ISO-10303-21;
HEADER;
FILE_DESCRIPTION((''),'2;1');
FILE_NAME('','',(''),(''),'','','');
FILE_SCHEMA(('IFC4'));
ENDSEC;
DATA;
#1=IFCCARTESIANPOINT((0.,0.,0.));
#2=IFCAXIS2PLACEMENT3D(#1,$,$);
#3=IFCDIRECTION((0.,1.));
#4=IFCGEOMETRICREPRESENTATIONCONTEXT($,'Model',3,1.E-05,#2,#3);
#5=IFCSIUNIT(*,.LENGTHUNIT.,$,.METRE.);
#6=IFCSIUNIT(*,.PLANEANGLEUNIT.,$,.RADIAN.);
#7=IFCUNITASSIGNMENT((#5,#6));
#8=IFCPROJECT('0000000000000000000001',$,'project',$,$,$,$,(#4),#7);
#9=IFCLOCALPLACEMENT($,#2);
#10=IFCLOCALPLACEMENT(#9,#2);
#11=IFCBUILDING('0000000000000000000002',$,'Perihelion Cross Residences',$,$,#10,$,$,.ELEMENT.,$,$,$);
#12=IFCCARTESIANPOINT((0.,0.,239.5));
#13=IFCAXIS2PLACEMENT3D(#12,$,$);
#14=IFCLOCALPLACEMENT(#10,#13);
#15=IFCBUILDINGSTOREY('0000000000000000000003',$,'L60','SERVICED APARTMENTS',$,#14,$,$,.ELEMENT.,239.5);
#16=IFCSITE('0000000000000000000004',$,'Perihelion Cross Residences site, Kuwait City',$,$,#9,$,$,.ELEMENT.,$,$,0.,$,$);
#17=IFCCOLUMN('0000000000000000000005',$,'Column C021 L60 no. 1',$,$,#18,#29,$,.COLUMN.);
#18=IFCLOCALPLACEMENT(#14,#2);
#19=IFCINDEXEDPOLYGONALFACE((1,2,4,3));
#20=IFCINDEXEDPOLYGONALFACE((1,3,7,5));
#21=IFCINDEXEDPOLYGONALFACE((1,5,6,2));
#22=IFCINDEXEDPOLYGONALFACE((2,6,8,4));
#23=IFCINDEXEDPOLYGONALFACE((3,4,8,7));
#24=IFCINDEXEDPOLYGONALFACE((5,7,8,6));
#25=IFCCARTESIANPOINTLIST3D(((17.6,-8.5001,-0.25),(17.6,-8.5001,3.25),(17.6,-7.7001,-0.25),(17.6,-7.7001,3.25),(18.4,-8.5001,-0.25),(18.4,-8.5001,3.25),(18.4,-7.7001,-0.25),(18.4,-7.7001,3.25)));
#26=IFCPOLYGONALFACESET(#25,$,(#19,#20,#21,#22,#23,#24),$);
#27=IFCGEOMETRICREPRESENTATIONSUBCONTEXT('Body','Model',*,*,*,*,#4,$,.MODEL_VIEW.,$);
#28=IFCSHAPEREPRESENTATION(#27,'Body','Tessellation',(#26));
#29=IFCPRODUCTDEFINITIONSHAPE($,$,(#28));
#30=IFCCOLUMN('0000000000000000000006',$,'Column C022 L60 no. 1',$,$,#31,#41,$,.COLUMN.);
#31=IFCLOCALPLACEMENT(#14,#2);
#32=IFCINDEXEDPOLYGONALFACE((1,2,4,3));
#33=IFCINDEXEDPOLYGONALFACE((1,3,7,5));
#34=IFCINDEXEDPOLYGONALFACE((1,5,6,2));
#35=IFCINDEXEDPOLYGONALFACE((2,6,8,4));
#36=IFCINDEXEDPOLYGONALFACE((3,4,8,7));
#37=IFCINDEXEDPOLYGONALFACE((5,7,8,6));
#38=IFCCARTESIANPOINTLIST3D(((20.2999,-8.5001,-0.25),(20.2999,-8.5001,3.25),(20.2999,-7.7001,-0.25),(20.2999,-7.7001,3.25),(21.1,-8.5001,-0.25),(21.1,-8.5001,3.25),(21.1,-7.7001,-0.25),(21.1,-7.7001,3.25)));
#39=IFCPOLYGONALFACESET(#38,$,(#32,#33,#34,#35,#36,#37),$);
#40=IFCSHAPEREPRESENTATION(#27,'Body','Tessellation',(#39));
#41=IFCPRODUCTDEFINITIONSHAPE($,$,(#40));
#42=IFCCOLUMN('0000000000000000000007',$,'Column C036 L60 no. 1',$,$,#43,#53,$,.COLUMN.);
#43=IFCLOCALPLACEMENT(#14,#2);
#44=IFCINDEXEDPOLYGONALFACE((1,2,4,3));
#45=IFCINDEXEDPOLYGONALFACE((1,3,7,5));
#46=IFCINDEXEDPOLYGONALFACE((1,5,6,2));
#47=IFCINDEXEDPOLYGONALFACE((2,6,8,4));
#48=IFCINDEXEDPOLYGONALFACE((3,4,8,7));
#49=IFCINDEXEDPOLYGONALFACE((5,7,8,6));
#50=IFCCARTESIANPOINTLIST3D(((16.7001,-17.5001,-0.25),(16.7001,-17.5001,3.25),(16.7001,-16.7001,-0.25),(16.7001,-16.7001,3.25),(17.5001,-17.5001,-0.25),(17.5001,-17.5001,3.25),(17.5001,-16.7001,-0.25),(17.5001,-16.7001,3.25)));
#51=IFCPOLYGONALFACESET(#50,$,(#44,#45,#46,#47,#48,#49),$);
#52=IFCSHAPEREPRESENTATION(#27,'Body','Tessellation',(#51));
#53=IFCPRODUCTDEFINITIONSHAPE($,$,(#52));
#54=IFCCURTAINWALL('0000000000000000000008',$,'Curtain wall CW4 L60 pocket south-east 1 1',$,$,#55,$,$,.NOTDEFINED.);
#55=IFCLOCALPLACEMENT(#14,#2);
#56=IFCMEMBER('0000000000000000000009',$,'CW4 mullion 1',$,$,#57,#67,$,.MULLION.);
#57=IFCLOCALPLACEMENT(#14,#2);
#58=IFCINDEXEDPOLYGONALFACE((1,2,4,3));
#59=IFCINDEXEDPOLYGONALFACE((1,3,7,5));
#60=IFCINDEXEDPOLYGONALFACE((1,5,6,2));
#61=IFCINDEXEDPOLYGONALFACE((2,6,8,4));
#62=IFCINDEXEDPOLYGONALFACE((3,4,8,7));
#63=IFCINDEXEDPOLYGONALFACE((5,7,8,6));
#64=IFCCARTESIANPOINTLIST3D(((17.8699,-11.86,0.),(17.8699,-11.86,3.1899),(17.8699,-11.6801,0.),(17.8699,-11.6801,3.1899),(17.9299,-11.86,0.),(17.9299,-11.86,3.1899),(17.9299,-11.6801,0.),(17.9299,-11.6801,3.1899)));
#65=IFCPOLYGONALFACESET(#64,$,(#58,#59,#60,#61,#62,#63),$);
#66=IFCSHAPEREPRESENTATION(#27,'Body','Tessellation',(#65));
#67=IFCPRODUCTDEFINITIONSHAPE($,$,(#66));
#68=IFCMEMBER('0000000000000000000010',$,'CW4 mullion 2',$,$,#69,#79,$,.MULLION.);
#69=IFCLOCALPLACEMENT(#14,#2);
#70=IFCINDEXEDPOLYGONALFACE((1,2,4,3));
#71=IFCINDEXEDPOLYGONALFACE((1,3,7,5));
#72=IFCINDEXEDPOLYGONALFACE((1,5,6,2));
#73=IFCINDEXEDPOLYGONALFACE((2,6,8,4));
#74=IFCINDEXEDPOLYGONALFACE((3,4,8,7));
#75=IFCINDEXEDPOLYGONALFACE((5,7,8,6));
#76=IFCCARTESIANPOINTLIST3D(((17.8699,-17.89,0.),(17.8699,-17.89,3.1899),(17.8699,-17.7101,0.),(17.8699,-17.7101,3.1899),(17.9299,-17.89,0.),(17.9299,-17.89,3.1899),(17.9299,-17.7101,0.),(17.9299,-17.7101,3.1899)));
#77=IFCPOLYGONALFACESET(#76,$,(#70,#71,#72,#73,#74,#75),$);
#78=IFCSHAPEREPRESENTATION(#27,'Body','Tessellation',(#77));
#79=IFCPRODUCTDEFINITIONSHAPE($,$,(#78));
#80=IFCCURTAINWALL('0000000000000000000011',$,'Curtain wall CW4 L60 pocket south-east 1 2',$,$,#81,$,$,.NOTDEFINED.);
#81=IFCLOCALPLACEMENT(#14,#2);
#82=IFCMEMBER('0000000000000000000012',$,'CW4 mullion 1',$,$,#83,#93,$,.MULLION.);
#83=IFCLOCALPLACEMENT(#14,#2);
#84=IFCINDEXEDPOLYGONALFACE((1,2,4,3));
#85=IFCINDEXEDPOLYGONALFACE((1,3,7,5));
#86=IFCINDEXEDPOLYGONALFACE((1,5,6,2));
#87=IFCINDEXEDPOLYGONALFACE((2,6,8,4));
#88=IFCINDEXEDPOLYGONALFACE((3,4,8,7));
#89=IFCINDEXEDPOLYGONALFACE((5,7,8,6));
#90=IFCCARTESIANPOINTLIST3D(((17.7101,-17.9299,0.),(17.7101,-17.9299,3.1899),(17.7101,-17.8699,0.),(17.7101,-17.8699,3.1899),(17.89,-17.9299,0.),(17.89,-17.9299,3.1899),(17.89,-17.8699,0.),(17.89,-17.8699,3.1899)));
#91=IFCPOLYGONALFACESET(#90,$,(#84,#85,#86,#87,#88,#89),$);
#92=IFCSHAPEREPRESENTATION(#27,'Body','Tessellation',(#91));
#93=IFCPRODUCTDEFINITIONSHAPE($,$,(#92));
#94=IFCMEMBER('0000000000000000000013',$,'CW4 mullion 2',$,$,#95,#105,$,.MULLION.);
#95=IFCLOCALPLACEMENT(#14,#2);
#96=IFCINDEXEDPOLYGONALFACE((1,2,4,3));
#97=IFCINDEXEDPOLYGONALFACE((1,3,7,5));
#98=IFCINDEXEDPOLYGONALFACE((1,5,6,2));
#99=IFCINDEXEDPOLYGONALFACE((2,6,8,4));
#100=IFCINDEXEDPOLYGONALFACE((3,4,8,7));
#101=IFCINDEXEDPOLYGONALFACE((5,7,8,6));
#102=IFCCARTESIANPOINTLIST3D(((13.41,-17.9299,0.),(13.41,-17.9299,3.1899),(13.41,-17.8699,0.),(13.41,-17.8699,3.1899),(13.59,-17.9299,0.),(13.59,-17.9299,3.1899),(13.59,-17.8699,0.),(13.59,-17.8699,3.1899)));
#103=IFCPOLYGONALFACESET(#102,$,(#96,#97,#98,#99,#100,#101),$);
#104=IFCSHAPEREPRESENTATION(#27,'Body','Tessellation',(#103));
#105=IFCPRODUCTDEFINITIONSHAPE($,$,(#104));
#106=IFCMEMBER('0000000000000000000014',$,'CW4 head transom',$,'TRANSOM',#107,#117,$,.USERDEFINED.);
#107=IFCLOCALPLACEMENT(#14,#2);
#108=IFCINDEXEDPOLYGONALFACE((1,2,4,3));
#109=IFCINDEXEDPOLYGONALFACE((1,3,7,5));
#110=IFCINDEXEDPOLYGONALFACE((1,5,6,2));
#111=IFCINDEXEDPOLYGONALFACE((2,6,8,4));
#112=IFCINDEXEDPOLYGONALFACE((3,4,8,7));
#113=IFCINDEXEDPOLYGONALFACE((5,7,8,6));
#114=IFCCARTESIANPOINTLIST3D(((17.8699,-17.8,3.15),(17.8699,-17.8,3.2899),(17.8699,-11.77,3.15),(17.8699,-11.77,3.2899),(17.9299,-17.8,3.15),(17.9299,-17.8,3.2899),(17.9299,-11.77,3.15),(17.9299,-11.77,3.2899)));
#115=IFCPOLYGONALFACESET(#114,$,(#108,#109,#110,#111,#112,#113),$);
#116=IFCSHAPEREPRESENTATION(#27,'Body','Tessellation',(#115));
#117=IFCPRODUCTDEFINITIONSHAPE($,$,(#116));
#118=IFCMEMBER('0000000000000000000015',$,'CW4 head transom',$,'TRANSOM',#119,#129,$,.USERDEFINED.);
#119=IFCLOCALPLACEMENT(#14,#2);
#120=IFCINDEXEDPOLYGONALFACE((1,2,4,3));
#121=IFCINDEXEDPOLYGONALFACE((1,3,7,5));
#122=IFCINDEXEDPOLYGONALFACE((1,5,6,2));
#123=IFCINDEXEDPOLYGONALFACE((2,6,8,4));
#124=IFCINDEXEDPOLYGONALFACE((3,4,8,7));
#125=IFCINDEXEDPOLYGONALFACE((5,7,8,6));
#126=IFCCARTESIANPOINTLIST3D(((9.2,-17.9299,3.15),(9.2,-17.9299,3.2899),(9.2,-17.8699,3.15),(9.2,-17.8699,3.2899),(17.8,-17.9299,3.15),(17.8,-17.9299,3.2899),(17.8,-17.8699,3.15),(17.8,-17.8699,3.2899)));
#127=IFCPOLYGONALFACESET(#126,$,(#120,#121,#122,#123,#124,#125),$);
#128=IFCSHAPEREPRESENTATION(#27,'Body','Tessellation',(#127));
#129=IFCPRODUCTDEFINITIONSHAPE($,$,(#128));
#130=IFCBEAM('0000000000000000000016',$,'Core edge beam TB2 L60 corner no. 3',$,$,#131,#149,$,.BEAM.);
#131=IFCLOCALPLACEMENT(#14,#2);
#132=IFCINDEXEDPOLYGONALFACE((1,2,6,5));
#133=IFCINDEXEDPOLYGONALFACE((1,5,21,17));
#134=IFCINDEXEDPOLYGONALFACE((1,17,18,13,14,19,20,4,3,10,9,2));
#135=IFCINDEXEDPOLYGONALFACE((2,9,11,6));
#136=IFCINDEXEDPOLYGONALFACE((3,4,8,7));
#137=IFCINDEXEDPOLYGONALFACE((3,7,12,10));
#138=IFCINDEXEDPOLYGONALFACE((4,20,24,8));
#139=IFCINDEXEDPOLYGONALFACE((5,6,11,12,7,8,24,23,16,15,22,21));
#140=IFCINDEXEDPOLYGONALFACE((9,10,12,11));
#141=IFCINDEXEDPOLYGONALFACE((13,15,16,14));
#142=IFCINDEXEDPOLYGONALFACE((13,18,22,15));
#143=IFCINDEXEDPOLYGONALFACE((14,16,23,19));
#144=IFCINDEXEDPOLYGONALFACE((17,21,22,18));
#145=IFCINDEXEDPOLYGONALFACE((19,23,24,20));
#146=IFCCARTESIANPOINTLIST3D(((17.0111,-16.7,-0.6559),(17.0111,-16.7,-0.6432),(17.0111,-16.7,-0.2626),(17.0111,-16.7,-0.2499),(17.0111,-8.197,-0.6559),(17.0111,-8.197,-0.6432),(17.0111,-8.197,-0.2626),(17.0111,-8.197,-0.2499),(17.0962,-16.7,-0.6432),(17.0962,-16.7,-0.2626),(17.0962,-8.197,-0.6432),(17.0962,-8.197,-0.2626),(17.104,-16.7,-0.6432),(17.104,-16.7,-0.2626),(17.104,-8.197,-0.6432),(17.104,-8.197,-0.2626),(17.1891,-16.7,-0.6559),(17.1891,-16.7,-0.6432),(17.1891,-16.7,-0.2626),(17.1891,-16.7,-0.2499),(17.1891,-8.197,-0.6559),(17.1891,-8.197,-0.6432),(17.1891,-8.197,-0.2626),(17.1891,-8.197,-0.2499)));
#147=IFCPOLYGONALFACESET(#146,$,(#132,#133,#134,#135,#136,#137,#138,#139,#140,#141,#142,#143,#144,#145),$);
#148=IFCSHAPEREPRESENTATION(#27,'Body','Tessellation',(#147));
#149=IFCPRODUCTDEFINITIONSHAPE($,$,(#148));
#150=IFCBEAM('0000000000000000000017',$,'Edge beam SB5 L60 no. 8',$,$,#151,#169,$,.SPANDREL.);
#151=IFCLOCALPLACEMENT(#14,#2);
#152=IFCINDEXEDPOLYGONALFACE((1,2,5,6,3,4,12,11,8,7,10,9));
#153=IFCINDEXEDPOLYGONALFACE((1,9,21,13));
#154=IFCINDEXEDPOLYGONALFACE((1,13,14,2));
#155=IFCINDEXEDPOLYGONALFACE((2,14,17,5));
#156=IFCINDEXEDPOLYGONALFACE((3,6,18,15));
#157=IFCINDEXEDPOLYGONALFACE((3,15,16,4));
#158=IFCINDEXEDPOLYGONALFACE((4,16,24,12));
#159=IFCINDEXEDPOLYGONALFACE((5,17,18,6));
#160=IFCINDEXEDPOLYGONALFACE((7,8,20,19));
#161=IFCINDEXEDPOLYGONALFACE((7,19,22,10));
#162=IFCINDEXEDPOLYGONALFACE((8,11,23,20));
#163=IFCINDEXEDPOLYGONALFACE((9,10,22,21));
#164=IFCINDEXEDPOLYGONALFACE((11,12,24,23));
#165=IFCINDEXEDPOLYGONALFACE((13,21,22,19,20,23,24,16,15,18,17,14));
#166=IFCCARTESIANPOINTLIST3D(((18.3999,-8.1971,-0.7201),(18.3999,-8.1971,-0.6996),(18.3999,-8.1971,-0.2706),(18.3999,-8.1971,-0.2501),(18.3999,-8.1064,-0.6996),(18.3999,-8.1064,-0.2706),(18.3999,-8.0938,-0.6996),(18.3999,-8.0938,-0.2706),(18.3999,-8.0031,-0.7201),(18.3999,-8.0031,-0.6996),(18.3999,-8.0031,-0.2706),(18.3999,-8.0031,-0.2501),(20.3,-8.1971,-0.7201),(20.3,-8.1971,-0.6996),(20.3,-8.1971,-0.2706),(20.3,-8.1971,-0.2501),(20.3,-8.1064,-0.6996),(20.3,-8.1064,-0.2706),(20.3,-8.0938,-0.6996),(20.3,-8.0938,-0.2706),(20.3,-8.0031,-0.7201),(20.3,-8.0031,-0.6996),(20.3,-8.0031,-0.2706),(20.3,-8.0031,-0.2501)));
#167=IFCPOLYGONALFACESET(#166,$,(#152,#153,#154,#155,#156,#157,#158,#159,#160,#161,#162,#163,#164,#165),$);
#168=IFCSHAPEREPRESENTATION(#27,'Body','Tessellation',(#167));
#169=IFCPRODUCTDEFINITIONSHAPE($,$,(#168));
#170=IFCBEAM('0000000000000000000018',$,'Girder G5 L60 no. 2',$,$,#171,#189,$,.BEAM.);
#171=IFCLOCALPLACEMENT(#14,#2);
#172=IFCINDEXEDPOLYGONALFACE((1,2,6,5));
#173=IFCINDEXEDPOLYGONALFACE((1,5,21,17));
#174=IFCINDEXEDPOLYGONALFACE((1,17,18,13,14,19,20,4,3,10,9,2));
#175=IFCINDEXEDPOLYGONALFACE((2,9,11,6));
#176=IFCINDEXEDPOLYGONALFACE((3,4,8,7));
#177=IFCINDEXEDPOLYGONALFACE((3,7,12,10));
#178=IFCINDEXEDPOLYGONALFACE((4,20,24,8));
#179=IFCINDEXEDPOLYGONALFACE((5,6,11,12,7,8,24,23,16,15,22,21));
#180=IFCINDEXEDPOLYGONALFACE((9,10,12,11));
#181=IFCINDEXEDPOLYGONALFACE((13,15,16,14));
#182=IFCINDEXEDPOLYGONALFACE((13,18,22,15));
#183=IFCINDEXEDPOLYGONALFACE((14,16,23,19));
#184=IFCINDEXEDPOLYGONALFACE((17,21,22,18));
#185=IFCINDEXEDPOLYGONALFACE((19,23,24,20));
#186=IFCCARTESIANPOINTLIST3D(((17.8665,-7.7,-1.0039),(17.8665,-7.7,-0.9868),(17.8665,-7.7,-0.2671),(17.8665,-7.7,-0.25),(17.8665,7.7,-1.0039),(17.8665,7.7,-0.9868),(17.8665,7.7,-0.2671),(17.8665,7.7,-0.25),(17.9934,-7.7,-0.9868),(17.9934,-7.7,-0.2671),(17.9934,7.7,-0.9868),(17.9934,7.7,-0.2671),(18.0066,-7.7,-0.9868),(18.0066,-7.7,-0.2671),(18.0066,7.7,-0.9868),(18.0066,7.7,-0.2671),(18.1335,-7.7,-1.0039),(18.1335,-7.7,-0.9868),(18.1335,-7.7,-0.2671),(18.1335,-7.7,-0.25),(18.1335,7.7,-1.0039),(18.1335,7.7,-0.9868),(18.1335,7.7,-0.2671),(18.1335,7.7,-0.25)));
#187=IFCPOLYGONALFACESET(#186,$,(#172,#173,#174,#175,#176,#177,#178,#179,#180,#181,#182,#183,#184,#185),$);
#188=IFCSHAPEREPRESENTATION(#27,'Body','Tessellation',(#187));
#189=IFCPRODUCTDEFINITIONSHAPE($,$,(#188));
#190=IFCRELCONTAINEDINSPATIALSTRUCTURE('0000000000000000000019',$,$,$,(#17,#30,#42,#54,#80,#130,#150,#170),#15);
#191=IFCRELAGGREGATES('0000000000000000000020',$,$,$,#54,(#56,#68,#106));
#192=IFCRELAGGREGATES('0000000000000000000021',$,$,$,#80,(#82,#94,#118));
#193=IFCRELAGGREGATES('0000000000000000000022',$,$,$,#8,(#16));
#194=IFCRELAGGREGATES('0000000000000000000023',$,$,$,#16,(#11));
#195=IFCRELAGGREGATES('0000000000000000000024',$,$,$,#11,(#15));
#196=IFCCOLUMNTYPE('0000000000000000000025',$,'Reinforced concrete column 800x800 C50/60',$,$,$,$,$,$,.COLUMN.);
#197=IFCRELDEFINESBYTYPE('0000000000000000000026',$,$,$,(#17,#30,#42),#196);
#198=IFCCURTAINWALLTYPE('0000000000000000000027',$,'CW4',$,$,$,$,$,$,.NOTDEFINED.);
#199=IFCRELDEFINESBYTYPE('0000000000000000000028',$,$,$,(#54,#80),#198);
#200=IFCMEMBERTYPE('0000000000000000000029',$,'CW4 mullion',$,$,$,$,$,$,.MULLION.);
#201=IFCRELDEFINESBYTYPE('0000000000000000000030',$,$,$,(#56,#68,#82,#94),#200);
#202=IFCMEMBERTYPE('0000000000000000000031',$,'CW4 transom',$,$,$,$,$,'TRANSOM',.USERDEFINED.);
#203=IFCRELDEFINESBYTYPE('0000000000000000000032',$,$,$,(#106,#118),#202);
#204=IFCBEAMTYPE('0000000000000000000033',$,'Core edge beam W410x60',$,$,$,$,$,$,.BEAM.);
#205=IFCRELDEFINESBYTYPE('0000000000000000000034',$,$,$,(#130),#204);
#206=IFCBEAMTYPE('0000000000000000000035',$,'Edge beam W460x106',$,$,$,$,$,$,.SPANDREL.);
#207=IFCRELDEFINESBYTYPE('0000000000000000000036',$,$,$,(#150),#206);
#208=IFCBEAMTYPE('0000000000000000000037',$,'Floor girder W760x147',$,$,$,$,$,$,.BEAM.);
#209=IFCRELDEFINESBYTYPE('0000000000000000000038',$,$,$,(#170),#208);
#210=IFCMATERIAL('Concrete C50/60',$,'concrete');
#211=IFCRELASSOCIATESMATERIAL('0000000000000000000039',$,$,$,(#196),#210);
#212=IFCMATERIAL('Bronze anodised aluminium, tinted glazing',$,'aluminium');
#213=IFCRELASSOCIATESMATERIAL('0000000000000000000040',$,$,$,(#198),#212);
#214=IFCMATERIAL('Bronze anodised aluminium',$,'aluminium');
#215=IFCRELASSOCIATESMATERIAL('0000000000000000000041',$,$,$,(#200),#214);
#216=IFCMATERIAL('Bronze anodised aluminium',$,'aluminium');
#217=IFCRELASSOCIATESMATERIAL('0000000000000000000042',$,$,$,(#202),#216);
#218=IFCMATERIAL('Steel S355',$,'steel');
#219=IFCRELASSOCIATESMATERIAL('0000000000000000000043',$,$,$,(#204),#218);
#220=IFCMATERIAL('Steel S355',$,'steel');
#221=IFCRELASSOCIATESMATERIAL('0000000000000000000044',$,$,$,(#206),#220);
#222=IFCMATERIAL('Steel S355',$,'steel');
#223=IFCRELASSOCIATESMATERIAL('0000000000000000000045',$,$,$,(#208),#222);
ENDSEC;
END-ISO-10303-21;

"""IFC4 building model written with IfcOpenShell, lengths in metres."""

from ifc_helpers import new_model, si_unit, direction, frame, origin, origin_2d, place, context, subcontext, project, spatial, rectangle, i_section, extrude, material, material_profile, profile_set, type_object, element, aggregate, save


model = new_model("IFC4")

# Units and contexts
model_context = context("Model", 3, precision=1e-05, world=origin(), true_north=direction((0.0, 1.0)))
body_context = subcontext(model_context, "Body", "Model", "MODEL_VIEW")
ifc_project = project(units=[si_unit("LENGTHUNIT", "METRE"), si_unit("PLANEANGLEUNIT", "RADIAN")], contexts=[model_context])

# Site, building, storey
site_placement = place(None, origin())
site = spatial("IfcSite", under=ifc_project, at=site_placement, Name="Perihelion Cross Residences site, Kuwait City", CompositionType="ELEMENT", RefElevation=0.0)
building_placement = place(site_placement, origin())
building = spatial("IfcBuilding", under=site, at=building_placement, Name="Perihelion Cross Residences", CompositionType="ELEMENT")
storey_placement = place(building_placement, frame((0.0, 0.0, 239.5)))
storey = spatial("IfcBuildingStorey", under=building, at=storey_placement, Name="L60", Description="SERVICED APARTMENTS", CompositionType="ELEMENT", Elevation=239.5)

# Columns
ifc_material_1 = material(Name="Concrete C50/60", Category="concrete")
ifc_material_profile_1 = material_profile(ifc_material_1, rectangle(XDim=0.8, YDim=0.8, at=origin_2d()), Name="RC 800x800")
ifc_profile_set_1 = profile_set([ifc_material_profile_1], Name="Concrete C50/60")
column_type = type_object("IfcColumnType", Name="Reinforced concrete column 800x800 C50/60", PredefinedType="COLUMN", material=ifc_profile_set_1)
for number, where, z_axis, x_axis, name in (
    (1, (18.0, -8.1001, -0.25), (0.0, 0.0, 1.0), (1.0, 0.0, 0.0), "Column C021 L60 no. 1"),
    (2, (20.7, -8.1001, -0.25), (0.0, 0.0, 1.0), (1.0, 0.0, 0.0), "Column C022 L60 no. 1"),
    (3, (17.1001, -17.1001, -0.25), (0.0, 0.0, 1.0), (1.0, 0.0, 0.0), "Column C036 L60 no. 1"),
):
    element("IfcColumn", number, at=place(storey_placement, frame(where, z_axis=z_axis, x_axis=x_axis)), inside=storey, type_object=column_type, Name=name, PredefinedType="COLUMN", context=body_context, shape_type="SweptSolid", body=[
        extrude(rectangle(XDim=0.8, YDim=0.8, at=origin_2d()), origin(), (0.0, 0.0, 1.0), 3.5),
    ])

# Curtain walls, members
ifc_material_2 = material(Name="Bronze anodised aluminium, tinted glazing", Category="aluminium")
curtain_wall_type_1 = type_object("IfcCurtainWallType", Name="CW4", PredefinedType="NOTDEFINED", material=ifc_material_2)
curtain_wall_1_placement = place(storey_placement, origin())
curtain_wall_1 = element("IfcCurtainWall", 4, at=curtain_wall_1_placement, inside=storey, type_object=curtain_wall_type_1, Name="Curtain wall CW4 L60 pocket south-east 1 1", PredefinedType="NOTDEFINED")
ifc_material_3 = material(Name="Bronze anodised aluminium", Category="aluminium")
ifc_material_profile_2 = material_profile(ifc_material_3, rectangle(XDim=0.0601, YDim=0.1799, at=origin_2d()), Name="CW4 mullion")
ifc_profile_set_2 = profile_set([ifc_material_profile_2], Name="Bronze anodised aluminium")
member_type_1 = type_object("IfcMemberType", Name="CW4 mullion", PredefinedType="MULLION", material=ifc_profile_set_2)
member_1_placement = place(storey_placement, frame((17.8999, -11.77, 0.0), z_axis=(0.0, 0.0, 1.0), x_axis=(1.0, 0.0, 0.0)))
member_1 = element("IfcMember", 5, at=member_1_placement, type_object=member_type_1, Name="CW4 mullion 1", PredefinedType="MULLION", context=body_context, shape_type="SweptSolid", body=[
    extrude(rectangle(XDim=0.0601, YDim=0.1799, at=origin_2d()), origin(), (0.0, 0.0, 1.0), 3.1899),
])
member_2_placement = place(storey_placement, frame((17.8999, -17.8, 0.0), z_axis=(0.0, 0.0, 1.0), x_axis=(1.0, 0.0, 0.0)))
member_2 = element("IfcMember", 6, at=member_2_placement, type_object=member_type_1, Name="CW4 mullion 2", PredefinedType="MULLION", context=body_context, shape_type="SweptSolid", body=[
    extrude(rectangle(XDim=0.0601, YDim=0.1799, at=origin_2d()), origin(), (0.0, 0.0, 1.0), 3.1899),
])
curtain_wall_2_placement = place(storey_placement, origin())
curtain_wall_2 = element("IfcCurtainWall", 7, at=curtain_wall_2_placement, inside=storey, type_object=curtain_wall_type_1, Name="Curtain wall CW4 L60 pocket south-east 1 2", PredefinedType="NOTDEFINED")
member_3_placement = place(storey_placement, frame((17.8, -17.8999, 0.0), z_axis=(0.0, 0.0, 1.0), x_axis=(0.0, -1.0, 0.0)))
member_3 = element("IfcMember", 8, at=member_3_placement, type_object=member_type_1, Name="CW4 mullion 1", PredefinedType="MULLION", context=body_context, shape_type="SweptSolid", body=[
    extrude(rectangle(XDim=0.0601, YDim=0.1799, at=origin_2d()), origin(), (0.0, 0.0, 1.0), 3.1899),
])
member_4_placement = place(storey_placement, frame((13.5, -17.8999, 0.0), z_axis=(0.0, 0.0, 1.0), x_axis=(0.0, -1.0, 0.0)))
member_4 = element("IfcMember", 9, at=member_4_placement, type_object=member_type_1, Name="CW4 mullion 2", PredefinedType="MULLION", context=body_context, shape_type="SweptSolid", body=[
    extrude(rectangle(XDim=0.0601, YDim=0.1799, at=origin_2d()), origin(), (0.0, 0.0, 1.0), 3.1899),
])

# Members
ifc_material_4 = material(Name="Bronze anodised aluminium", Category="aluminium")
ifc_material_profile_3 = material_profile(ifc_material_4, rectangle(XDim=0.0601, YDim=0.1399, at=origin_2d()), Name="CW4 transom")
ifc_profile_set_3 = profile_set([ifc_material_profile_3], Name="Bronze anodised aluminium")
member_type_2 = type_object("IfcMemberType", Name="CW4 transom", ElementType="TRANSOM", PredefinedType="USERDEFINED", material=ifc_profile_set_3)
member_5_placement = place(storey_placement, frame((17.8999, -11.77, 3.22), z_axis=(0.0, -1.0, 0.0), x_axis=(1.0, 0.0, 0.0)))
member_5 = element("IfcMember", 10, at=member_5_placement, type_object=member_type_2, Name="CW4 head transom", ObjectType="TRANSOM", PredefinedType="USERDEFINED", context=body_context, shape_type="SweptSolid", body=[
    extrude(rectangle(XDim=0.0601, YDim=0.1399, at=origin_2d()), origin(), (0.0, 0.0, 1.0), 6.03),
])
member_6_placement = place(storey_placement, frame((17.8, -17.8999, 3.22), z_axis=(-1.0, 0.0, 0.0), x_axis=(0.0, -1.0, 0.0)))
member_6 = element("IfcMember", 11, at=member_6_placement, type_object=member_type_2, Name="CW4 head transom", ObjectType="TRANSOM", PredefinedType="USERDEFINED", context=body_context, shape_type="SweptSolid", body=[
    extrude(rectangle(XDim=0.0601, YDim=0.1399, at=origin_2d()), origin(), (0.0, 0.0, 1.0), 8.6001),
])

# Beams
ifc_material_5 = material(Name="Steel S355", Category="steel")
ifc_material_profile_4 = material_profile(ifc_material_5, i_section(OverallWidth=0.178, OverallDepth=0.406, WebThickness=0.0078, FlangeThickness=0.0127, at=origin_2d()), Name="W410x60")
ifc_profile_set_4 = profile_set([ifc_material_profile_4], Name="Steel S355")
beam_type_1 = type_object("IfcBeamType", Name="Core edge beam W410x60", PredefinedType="BEAM", material=ifc_profile_set_4)
beam_1_placement = place(storey_placement, frame((17.1001, -8.197, -0.4529), z_axis=(0.0, -1.0, 0.0), x_axis=(1.0, 0.0, 0.0)))
element("IfcBeam", 12, at=beam_1_placement, inside=storey, type_object=beam_type_1, Name="Core edge beam TB2 L60 corner no. 3", PredefinedType="BEAM", context=body_context, shape_type="SweptSolid", body=[
    extrude(i_section(OverallWidth=0.178, OverallDepth=0.406, WebThickness=0.0078, FlangeThickness=0.0127, at=origin_2d()), origin(), (0.0, 0.0, 1.0), 8.5029),
])
ifc_material_6 = material(Name="Steel S355", Category="steel")
ifc_material_profile_5 = material_profile(ifc_material_6, i_section(OverallWidth=0.1941, OverallDepth=0.47, WebThickness=0.0127, FlangeThickness=0.0205, at=origin_2d()), Name="W460x106")
ifc_profile_set_5 = profile_set([ifc_material_profile_5], Name="Steel S355")
beam_type_2 = type_object("IfcBeamType", Name="Edge beam W460x106", PredefinedType="SPANDREL", material=ifc_profile_set_5)
beam_2_placement = place(storey_placement, frame((18.3999, -8.1001, -0.4851), z_axis=(1.0, 0.0, 0.0), x_axis=(0.0, 1.0, 0.0)))
element("IfcBeam", 13, at=beam_2_placement, inside=storey, type_object=beam_type_2, Name="Edge beam SB5 L60 no. 8", PredefinedType="SPANDREL", context=body_context, shape_type="SweptSolid", body=[
    extrude(i_section(OverallWidth=0.1941, OverallDepth=0.47, WebThickness=0.0127, FlangeThickness=0.0205, at=origin_2d()), origin(), (0.0, 0.0, 1.0), 1.9001),
])
ifc_material_7 = material(Name="Steel S355", Category="steel")
ifc_material_profile_6 = material_profile(ifc_material_7, i_section(OverallWidth=0.2671, OverallDepth=0.7539, WebThickness=0.0132, FlangeThickness=0.0171, at=origin_2d()), Name="W760x147")
ifc_profile_set_6 = profile_set([ifc_material_profile_6], Name="Steel S355")
beam_type_3 = type_object("IfcBeamType", Name="Floor girder W760x147", PredefinedType="BEAM", material=ifc_profile_set_6)
beam_3_placement = place(storey_placement, frame((18.0, -7.7, -0.627), z_axis=(0.0, 1.0, 0.0), x_axis=(-1.0, 0.0, 0.0)))
element("IfcBeam", 14, at=beam_3_placement, inside=storey, type_object=beam_type_3, Name="Girder G5 L60 no. 2", PredefinedType="BEAM", context=body_context, shape_type="SweptSolid", body=[
    extrude(i_section(OverallWidth=0.2671, OverallDepth=0.7539, WebThickness=0.0132, FlangeThickness=0.0171, at=origin_2d()), origin(), (0.0, 0.0, 1.0), 15.3999),
])

aggregate(curtain_wall_1, [member_1, member_2, member_5])
aggregate(curtain_wall_2, [member_3, member_4, member_6])

save(model, "model.ifc")
